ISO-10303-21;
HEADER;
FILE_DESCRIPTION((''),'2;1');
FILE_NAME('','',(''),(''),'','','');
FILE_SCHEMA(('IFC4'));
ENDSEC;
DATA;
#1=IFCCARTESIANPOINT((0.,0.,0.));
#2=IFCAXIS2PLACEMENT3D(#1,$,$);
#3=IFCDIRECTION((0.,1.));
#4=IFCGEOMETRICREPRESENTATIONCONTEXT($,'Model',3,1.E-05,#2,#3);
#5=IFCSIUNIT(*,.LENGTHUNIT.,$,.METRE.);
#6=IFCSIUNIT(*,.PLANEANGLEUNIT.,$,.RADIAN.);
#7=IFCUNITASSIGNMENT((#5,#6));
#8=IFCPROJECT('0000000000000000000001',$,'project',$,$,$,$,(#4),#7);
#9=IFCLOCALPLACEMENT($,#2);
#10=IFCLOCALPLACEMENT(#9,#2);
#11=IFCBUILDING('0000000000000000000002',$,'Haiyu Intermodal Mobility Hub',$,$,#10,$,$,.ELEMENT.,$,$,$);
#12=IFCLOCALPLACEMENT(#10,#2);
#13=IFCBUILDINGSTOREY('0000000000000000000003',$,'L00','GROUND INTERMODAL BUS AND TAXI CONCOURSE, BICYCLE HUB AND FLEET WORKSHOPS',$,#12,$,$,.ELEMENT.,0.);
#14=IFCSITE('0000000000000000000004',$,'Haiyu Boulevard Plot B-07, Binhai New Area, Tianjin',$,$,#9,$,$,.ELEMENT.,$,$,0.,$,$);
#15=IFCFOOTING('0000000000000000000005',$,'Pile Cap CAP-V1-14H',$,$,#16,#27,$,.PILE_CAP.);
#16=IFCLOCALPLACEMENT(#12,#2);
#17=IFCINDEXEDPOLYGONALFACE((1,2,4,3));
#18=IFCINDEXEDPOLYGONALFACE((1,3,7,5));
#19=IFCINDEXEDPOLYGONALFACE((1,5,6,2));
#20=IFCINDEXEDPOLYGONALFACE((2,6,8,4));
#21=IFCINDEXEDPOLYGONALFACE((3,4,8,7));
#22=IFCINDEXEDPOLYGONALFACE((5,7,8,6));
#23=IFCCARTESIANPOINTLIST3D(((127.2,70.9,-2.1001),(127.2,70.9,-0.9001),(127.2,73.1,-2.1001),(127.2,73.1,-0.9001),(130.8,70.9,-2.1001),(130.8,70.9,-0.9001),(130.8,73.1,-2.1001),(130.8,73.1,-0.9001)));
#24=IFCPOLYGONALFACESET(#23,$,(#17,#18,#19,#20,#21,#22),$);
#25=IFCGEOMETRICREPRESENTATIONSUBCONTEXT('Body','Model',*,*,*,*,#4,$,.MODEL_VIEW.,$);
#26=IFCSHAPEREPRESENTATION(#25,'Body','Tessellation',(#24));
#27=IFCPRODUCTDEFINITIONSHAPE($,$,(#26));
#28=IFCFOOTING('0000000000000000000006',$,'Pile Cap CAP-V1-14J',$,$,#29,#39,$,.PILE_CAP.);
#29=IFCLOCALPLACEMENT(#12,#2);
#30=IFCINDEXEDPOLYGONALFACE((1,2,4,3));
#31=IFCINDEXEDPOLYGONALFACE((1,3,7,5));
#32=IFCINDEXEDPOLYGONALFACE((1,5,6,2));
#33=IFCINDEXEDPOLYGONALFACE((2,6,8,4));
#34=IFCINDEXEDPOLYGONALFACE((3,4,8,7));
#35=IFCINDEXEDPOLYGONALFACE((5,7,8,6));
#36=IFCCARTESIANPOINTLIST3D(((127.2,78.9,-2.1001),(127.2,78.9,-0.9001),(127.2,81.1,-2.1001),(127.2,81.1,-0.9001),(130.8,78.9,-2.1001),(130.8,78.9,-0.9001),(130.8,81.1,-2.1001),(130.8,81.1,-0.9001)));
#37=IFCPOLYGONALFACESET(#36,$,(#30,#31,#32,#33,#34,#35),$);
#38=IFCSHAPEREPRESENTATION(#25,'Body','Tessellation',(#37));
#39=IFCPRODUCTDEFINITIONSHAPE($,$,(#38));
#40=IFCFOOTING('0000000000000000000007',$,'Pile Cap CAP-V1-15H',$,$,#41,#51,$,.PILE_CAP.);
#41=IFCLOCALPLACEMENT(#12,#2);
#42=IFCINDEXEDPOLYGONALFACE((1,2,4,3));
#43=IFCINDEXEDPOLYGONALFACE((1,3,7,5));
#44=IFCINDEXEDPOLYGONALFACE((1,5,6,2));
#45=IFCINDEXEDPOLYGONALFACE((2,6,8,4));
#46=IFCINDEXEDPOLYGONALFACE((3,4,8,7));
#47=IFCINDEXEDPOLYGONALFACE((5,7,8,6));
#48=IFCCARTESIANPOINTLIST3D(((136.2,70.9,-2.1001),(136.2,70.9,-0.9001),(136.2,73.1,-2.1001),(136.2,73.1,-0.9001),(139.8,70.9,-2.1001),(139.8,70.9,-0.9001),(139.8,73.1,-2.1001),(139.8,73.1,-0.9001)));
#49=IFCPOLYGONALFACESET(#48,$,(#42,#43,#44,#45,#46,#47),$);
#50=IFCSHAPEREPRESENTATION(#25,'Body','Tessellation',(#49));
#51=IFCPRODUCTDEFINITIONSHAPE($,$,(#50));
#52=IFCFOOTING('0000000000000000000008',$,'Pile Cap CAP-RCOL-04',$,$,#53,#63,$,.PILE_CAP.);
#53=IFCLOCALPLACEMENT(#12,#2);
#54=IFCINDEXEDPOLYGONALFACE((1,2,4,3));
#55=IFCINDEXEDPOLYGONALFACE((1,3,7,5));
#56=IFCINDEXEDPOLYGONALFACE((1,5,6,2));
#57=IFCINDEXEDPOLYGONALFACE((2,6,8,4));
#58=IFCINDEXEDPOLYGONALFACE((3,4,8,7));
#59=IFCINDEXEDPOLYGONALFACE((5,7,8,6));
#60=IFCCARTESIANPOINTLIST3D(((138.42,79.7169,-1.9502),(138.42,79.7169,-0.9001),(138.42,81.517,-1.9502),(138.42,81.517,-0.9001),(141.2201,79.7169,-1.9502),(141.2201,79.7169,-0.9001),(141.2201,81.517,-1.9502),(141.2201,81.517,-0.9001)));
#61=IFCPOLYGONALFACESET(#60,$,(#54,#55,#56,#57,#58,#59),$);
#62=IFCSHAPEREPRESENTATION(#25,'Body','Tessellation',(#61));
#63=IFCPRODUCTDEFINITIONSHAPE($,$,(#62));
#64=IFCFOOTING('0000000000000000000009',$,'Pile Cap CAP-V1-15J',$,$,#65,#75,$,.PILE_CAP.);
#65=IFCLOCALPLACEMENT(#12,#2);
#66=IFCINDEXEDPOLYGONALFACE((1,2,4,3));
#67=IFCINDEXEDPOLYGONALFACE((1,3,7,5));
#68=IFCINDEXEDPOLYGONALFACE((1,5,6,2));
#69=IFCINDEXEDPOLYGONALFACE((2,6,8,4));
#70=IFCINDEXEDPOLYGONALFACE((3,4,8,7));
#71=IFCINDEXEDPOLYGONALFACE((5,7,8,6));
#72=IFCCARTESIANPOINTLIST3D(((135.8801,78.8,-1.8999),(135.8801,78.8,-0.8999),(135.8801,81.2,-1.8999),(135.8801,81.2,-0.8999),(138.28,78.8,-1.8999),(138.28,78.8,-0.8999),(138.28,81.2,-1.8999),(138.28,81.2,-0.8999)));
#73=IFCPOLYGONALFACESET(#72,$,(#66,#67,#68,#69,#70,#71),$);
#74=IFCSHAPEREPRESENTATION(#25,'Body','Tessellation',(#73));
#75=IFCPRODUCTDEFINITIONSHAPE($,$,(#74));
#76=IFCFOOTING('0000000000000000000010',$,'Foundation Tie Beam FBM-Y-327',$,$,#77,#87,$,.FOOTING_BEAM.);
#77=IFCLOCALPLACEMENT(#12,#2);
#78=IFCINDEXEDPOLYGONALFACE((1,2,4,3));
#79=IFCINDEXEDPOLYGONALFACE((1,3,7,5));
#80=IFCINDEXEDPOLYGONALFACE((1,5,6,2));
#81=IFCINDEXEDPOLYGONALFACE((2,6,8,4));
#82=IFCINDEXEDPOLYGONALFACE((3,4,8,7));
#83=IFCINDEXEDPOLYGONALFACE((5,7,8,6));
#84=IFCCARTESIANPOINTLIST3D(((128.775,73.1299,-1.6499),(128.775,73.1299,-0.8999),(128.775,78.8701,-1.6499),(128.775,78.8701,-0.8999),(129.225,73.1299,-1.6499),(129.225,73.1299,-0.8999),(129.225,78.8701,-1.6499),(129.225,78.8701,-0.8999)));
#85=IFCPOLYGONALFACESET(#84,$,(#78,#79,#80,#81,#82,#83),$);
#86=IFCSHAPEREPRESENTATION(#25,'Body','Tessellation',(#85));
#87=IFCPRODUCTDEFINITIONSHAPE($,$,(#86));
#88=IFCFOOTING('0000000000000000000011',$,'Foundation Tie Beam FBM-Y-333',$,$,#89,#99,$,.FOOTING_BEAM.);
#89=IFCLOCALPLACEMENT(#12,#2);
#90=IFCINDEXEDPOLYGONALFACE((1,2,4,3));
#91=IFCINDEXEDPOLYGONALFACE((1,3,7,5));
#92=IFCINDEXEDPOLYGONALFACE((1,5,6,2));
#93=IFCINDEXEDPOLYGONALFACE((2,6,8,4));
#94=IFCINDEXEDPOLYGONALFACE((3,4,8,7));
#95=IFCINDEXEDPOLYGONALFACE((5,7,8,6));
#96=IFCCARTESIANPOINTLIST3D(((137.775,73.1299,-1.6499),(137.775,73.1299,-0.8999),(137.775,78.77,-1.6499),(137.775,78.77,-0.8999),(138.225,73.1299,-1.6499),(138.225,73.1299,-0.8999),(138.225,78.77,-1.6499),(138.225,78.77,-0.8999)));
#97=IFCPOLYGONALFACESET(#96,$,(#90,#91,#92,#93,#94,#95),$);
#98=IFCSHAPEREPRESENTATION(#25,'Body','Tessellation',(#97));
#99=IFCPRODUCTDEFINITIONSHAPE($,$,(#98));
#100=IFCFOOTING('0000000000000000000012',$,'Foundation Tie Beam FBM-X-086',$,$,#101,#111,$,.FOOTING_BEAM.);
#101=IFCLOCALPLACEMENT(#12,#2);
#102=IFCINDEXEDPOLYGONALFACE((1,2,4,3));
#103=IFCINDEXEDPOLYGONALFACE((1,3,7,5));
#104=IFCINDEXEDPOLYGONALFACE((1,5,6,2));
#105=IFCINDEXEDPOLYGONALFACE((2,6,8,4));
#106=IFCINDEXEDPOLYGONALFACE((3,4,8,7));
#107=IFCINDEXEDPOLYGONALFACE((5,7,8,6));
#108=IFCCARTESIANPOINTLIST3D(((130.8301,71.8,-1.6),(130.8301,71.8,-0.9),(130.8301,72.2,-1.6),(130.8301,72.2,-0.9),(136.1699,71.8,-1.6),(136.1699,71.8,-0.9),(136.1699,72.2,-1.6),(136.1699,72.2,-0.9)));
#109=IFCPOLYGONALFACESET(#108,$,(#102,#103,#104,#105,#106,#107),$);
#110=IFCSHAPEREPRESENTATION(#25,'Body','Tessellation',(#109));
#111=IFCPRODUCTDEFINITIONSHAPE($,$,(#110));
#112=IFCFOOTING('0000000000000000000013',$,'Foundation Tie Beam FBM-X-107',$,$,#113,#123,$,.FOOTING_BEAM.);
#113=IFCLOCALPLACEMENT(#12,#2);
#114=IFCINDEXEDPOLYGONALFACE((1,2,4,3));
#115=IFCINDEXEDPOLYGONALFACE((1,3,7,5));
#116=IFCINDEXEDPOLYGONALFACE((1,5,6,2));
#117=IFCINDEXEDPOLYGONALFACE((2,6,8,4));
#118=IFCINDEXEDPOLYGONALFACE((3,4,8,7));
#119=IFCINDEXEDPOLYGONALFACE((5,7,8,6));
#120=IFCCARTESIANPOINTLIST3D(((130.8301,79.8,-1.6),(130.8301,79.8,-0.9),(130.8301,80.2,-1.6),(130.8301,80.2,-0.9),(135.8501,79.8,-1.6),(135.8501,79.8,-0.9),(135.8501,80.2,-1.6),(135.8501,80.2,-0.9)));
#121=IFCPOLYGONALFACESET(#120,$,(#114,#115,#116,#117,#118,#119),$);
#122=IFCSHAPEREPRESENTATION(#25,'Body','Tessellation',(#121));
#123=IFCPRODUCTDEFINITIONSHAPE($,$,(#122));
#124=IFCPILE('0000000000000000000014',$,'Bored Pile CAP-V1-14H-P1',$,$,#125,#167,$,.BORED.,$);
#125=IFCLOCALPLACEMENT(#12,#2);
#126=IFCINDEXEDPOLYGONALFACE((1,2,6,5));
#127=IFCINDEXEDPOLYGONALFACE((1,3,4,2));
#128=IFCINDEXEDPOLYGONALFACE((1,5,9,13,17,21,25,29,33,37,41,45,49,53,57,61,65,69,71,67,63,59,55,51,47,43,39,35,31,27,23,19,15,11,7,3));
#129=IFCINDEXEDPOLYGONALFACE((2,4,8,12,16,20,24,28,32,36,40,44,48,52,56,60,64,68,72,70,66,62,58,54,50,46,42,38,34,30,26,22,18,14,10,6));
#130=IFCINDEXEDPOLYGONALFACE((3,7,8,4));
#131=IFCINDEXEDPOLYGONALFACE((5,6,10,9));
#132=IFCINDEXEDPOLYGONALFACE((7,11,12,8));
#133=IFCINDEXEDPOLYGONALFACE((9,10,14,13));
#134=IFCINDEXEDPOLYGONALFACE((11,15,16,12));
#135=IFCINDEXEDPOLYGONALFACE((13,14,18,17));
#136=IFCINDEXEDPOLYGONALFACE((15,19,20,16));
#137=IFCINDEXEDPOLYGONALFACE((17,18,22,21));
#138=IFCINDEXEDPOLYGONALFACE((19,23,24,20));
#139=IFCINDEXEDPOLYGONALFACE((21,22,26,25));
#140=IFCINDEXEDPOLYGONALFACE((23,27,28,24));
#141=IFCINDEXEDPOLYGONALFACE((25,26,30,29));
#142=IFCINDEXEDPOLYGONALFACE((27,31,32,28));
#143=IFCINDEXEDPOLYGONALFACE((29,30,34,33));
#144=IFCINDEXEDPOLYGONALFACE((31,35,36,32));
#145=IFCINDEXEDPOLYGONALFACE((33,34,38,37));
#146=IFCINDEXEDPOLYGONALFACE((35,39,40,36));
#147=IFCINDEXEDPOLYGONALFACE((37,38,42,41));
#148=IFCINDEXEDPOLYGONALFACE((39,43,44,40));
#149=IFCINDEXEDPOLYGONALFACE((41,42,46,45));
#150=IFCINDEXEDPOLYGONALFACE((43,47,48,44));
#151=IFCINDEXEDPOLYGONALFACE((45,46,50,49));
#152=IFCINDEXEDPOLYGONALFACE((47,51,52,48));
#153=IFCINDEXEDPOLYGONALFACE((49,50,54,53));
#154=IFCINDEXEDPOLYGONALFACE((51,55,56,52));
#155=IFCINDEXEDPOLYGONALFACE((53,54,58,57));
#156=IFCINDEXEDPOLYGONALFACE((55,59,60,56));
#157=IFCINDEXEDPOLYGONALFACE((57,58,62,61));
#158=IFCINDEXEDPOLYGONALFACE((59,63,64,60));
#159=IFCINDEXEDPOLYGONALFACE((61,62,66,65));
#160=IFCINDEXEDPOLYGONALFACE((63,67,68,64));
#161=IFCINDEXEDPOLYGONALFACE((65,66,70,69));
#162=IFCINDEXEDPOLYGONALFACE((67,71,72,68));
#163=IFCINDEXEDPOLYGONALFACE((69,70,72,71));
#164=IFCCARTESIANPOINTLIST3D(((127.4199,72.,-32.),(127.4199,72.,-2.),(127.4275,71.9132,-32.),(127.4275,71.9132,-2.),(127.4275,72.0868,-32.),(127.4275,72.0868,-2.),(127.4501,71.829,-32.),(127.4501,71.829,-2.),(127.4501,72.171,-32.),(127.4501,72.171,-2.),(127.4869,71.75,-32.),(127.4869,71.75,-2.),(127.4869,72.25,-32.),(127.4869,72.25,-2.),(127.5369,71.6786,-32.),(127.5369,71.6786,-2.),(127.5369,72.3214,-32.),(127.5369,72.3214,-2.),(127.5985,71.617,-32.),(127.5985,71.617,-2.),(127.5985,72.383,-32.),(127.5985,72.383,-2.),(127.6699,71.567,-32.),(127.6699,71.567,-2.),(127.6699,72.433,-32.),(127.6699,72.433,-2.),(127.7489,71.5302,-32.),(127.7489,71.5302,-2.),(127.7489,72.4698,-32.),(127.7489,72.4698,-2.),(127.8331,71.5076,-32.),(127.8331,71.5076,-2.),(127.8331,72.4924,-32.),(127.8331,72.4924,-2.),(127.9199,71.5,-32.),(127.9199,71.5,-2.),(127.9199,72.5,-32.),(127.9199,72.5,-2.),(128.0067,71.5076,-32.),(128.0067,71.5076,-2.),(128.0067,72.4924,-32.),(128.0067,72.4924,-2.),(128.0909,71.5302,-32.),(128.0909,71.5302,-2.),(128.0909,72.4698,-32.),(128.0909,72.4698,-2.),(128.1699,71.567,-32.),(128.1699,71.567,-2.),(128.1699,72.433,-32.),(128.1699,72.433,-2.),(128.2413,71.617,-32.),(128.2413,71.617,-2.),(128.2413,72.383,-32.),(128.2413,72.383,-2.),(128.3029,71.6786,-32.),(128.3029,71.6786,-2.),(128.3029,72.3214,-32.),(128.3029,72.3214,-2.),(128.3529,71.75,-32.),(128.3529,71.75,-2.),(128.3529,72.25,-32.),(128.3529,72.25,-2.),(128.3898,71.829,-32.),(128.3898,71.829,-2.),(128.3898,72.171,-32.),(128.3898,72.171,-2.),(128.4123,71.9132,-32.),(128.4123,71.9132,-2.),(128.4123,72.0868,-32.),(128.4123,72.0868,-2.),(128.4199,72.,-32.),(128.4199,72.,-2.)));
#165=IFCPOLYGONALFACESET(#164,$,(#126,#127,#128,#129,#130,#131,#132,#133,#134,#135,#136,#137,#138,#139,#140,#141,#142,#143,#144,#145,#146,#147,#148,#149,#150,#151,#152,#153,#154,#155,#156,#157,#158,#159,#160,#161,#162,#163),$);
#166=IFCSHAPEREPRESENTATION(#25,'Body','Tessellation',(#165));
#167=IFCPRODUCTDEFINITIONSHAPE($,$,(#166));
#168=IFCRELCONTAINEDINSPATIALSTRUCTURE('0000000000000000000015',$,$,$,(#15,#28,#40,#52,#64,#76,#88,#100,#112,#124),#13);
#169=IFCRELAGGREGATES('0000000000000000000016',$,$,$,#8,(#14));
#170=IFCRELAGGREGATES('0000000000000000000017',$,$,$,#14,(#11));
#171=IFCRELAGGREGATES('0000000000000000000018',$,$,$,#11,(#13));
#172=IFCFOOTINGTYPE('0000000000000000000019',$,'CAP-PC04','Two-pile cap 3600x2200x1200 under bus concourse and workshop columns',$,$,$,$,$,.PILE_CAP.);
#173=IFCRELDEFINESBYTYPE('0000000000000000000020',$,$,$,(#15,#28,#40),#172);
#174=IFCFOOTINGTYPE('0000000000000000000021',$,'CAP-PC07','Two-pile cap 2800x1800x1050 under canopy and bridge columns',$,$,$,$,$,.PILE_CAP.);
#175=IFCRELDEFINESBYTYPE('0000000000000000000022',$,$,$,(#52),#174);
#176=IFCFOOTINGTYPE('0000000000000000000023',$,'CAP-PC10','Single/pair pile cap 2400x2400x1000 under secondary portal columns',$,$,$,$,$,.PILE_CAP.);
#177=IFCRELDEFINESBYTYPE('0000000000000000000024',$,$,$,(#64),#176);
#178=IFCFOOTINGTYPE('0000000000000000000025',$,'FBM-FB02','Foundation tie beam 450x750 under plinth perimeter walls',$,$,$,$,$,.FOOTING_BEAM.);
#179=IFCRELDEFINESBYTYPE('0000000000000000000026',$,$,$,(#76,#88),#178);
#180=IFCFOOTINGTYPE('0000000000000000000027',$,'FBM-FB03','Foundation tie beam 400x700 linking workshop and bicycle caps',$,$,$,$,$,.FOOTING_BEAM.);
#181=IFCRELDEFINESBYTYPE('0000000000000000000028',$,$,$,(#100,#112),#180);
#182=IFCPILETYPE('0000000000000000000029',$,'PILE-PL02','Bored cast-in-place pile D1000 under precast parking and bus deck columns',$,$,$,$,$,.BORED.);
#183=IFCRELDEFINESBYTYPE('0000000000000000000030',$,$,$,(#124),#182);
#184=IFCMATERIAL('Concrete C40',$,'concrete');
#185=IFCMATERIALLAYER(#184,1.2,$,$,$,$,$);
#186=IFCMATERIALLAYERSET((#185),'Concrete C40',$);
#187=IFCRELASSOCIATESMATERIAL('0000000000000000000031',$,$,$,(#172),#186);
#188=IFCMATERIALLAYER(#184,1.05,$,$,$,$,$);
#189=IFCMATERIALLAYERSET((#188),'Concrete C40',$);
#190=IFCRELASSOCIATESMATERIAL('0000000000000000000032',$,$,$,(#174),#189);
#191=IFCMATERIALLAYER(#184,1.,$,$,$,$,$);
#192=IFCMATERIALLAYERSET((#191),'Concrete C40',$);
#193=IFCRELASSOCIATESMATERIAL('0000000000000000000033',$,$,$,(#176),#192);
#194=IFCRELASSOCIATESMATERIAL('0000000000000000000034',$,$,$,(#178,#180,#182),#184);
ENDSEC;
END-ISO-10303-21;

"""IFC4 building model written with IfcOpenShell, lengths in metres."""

from ifc_helpers import new_model, si_unit, direction, frame, origin, origin_2d, place, context, subcontext, project, spatial, rectangle, circle, extrude, material, layer, layer_set, material_profile, profile_set, type_object, element, save


model = new_model("IFC4")

# Units and contexts
model_context = context("Model", 3, precision=1e-05, world=origin(), true_north=direction((0.0, 1.0)))
body_context = subcontext(model_context, "Body", "Model", "MODEL_VIEW")
ifc_project = project(units=[si_unit("LENGTHUNIT", "METRE"), si_unit("PLANEANGLEUNIT", "RADIAN")], contexts=[model_context])

# Site, building, storey
site_placement = place(None, origin())
site = spatial("IfcSite", under=ifc_project, at=site_placement, Name="Haiyu Boulevard Plot B-07, Binhai New Area, Tianjin", CompositionType="ELEMENT", RefElevation=0.0)
building_placement = place(site_placement, origin())
building = spatial("IfcBuilding", under=site, at=building_placement, Name="Haiyu Intermodal Mobility Hub", CompositionType="ELEMENT")
storey_placement = place(building_placement, origin())
storey = spatial("IfcBuildingStorey", under=building, at=storey_placement, Name="L00", Description="GROUND INTERMODAL BUS AND TAXI CONCOURSE, BICYCLE HUB AND FLEET WORKSHOPS", CompositionType="ELEMENT", Elevation=0.0)

# Footings
ifc_material_1 = material(Name="Concrete C40", Category="concrete")
ifc_layer_1 = layer(ifc_material_1, 1.2)
ifc_layer_set_1 = layer_set([ifc_layer_1], Name="Concrete C40")
footing_type_1 = type_object("IfcFootingType", Name="CAP-PC04", Description="Two-pile cap 3600x2200x1200 under bus concourse and workshop columns", PredefinedType="PILE_CAP", material=ifc_layer_set_1)
for number, where, z_axis, x_axis, name in (
    (1, (129.0, 72.0, -2.1001), (0.0, 0.0, 1.0), (1.0, 0.0, 0.0), "Pile Cap CAP-V1-14H"),
    (2, (129.0, 80.0, -2.1001), (0.0, 0.0, 1.0), (1.0, 0.0, 0.0), "Pile Cap CAP-V1-14J"),
    (3, (138.0, 72.0, -2.1001), (0.0, 0.0, 1.0), (1.0, 0.0, 0.0), "Pile Cap CAP-V1-15H"),
):
    element("IfcFooting", number, at=place(storey_placement, frame(where, z_axis=z_axis, x_axis=x_axis)), inside=storey, type_object=footing_type_1, Name=name, PredefinedType="PILE_CAP", context=body_context, shape_type="SweptSolid", body=[
        extrude(rectangle(XDim=3.6001, YDim=2.2, at=origin_2d()), origin(), (0.0, 0.0, 1.0), 1.2),
    ])
ifc_layer_2 = layer(ifc_material_1, 1.05)
ifc_layer_set_2 = layer_set([ifc_layer_2], Name="Concrete C40")
footing_type_2 = type_object("IfcFootingType", Name="CAP-PC07", Description="Two-pile cap 2800x1800x1050 under canopy and bridge columns", PredefinedType="PILE_CAP", material=ifc_layer_set_2)
footing_1_placement = place(storey_placement, frame((139.8201, 80.6169, -1.9502), z_axis=(0.0, 0.0, 1.0), x_axis=(1.0, 0.0, 0.0)))
element("IfcFooting", 4, at=footing_1_placement, inside=storey, type_object=footing_type_2, Name="Pile Cap CAP-RCOL-04", PredefinedType="PILE_CAP", context=body_context, shape_type="SweptSolid", body=[
    extrude(rectangle(XDim=2.8, YDim=1.8, at=origin_2d()), origin(), (0.0, 0.0, 1.0), 1.05),
])
ifc_layer_3 = layer(ifc_material_1, 1.0)
ifc_layer_set_3 = layer_set([ifc_layer_3], Name="Concrete C40")
footing_type_3 = type_object("IfcFootingType", Name="CAP-PC10", Description="Single/pair pile cap 2400x2400x1000 under secondary portal columns", PredefinedType="PILE_CAP", material=ifc_layer_set_3)
footing_2_placement = place(storey_placement, frame((137.0801, 80.0, -1.8999), z_axis=(0.0, 0.0, 1.0), x_axis=(1.0, 0.0, 0.0)))
element("IfcFooting", 5, at=footing_2_placement, inside=storey, type_object=footing_type_3, Name="Pile Cap CAP-V1-15J", PredefinedType="PILE_CAP", context=body_context, shape_type="SweptSolid", body=[
    extrude(rectangle(XDim=2.3999, YDim=2.3999, at=origin_2d()), origin(), (0.0, 0.0, 1.0), 1.0),
])
ifc_material_profile_1 = material_profile(ifc_material_1, rectangle(XDim=0.45, YDim=0.75, at=origin_2d()), Name="FB450x750")
ifc_profile_set_1 = profile_set([ifc_material_profile_1], Name="Concrete C40")
footing_type_4 = type_object("IfcFootingType", Name="FBM-FB02", Description="Foundation tie beam 450x750 under plinth perimeter walls", PredefinedType="FOOTING_BEAM", material=ifc_profile_set_1)
footing_3_placement = place(storey_placement, frame((129.0, 73.1299, -1.2749), z_axis=(0.0, 1.0, 0.0), x_axis=(-1.0, 0.0, 0.0)))
element("IfcFooting", 6, at=footing_3_placement, inside=storey, type_object=footing_type_4, Name="Foundation Tie Beam FBM-Y-327", PredefinedType="FOOTING_BEAM", context=body_context, shape_type="SweptSolid", body=[
    extrude(rectangle(XDim=0.45, YDim=0.75, at=origin_2d()), origin(), (0.0, 0.0, 1.0), 5.7402),
])
footing_4_placement = place(storey_placement, frame((138.0, 73.1299, -1.2749), z_axis=(0.0, 1.0, 0.0), x_axis=(-1.0, 0.0, 0.0)))
element("IfcFooting", 7, at=footing_4_placement, inside=storey, type_object=footing_type_4, Name="Foundation Tie Beam FBM-Y-333", PredefinedType="FOOTING_BEAM", context=body_context, shape_type="SweptSolid", body=[
    extrude(rectangle(XDim=0.45, YDim=0.75, at=origin_2d()), origin(), (0.0, 0.0, 1.0), 5.6401),
])
ifc_material_profile_2 = material_profile(ifc_material_1, rectangle(XDim=0.3999, YDim=0.7, at=origin_2d()), Name="FB400x700")
ifc_profile_set_2 = profile_set([ifc_material_profile_2], Name="Concrete C40")
footing_type_5 = type_object("IfcFootingType", Name="FBM-FB03", Description="Foundation tie beam 400x700 linking workshop and bicycle caps", PredefinedType="FOOTING_BEAM", material=ifc_profile_set_2)
footing_5_placement = place(storey_placement, frame((130.8301, 72.0, -1.25), z_axis=(1.0, 0.0, 0.0), x_axis=(0.0, 1.0, 0.0)))
element("IfcFooting", 8, at=footing_5_placement, inside=storey, type_object=footing_type_5, Name="Foundation Tie Beam FBM-X-086", PredefinedType="FOOTING_BEAM", context=body_context, shape_type="SweptSolid", body=[
    extrude(rectangle(XDim=0.3999, YDim=0.7, at=origin_2d()), origin(), (0.0, 0.0, 1.0), 5.3398),
])
footing_6_placement = place(storey_placement, frame((130.8301, 80.0, -1.25), z_axis=(1.0, 0.0, 0.0), x_axis=(0.0, 1.0, 0.0)))
element("IfcFooting", 9, at=footing_6_placement, inside=storey, type_object=footing_type_5, Name="Foundation Tie Beam FBM-X-107", PredefinedType="FOOTING_BEAM", context=body_context, shape_type="SweptSolid", body=[
    extrude(rectangle(XDim=0.3999, YDim=0.7, at=origin_2d()), origin(), (0.0, 0.0, 1.0), 5.02),
])

# Pile
ifc_material_profile_3 = material_profile(ifc_material_1, circle(Radius=0.5, at=origin_2d()), Name="PILE-D1000")
ifc_profile_set_3 = profile_set([ifc_material_profile_3], Name="Concrete C40")
pile_type_1 = type_object("IfcPileType", Name="PILE-PL02", Description="Bored cast-in-place pile D1000 under precast parking and bus deck columns", PredefinedType="BORED", material=ifc_profile_set_3)
for number, where, z_axis, x_axis, name in (
    (10, (127.9199, 72.0, -2.0), (0.0, 0.0, -1.0), (1.0, 0.0, 0.0), "Bored Pile CAP-V1-14H-P1"),
):
    element("IfcPile", number, at=place(storey_placement, frame(where, z_axis=z_axis, x_axis=x_axis)), inside=storey, type_object=pile_type_1, Name=name, PredefinedType="BORED", context=body_context, shape_type="SweptSolid", body=[
        extrude(circle(Radius=0.5, at=origin_2d()), origin(), (0.0, 0.0, 1.0), 30.0),
    ])

save(model, "model.ifc")
